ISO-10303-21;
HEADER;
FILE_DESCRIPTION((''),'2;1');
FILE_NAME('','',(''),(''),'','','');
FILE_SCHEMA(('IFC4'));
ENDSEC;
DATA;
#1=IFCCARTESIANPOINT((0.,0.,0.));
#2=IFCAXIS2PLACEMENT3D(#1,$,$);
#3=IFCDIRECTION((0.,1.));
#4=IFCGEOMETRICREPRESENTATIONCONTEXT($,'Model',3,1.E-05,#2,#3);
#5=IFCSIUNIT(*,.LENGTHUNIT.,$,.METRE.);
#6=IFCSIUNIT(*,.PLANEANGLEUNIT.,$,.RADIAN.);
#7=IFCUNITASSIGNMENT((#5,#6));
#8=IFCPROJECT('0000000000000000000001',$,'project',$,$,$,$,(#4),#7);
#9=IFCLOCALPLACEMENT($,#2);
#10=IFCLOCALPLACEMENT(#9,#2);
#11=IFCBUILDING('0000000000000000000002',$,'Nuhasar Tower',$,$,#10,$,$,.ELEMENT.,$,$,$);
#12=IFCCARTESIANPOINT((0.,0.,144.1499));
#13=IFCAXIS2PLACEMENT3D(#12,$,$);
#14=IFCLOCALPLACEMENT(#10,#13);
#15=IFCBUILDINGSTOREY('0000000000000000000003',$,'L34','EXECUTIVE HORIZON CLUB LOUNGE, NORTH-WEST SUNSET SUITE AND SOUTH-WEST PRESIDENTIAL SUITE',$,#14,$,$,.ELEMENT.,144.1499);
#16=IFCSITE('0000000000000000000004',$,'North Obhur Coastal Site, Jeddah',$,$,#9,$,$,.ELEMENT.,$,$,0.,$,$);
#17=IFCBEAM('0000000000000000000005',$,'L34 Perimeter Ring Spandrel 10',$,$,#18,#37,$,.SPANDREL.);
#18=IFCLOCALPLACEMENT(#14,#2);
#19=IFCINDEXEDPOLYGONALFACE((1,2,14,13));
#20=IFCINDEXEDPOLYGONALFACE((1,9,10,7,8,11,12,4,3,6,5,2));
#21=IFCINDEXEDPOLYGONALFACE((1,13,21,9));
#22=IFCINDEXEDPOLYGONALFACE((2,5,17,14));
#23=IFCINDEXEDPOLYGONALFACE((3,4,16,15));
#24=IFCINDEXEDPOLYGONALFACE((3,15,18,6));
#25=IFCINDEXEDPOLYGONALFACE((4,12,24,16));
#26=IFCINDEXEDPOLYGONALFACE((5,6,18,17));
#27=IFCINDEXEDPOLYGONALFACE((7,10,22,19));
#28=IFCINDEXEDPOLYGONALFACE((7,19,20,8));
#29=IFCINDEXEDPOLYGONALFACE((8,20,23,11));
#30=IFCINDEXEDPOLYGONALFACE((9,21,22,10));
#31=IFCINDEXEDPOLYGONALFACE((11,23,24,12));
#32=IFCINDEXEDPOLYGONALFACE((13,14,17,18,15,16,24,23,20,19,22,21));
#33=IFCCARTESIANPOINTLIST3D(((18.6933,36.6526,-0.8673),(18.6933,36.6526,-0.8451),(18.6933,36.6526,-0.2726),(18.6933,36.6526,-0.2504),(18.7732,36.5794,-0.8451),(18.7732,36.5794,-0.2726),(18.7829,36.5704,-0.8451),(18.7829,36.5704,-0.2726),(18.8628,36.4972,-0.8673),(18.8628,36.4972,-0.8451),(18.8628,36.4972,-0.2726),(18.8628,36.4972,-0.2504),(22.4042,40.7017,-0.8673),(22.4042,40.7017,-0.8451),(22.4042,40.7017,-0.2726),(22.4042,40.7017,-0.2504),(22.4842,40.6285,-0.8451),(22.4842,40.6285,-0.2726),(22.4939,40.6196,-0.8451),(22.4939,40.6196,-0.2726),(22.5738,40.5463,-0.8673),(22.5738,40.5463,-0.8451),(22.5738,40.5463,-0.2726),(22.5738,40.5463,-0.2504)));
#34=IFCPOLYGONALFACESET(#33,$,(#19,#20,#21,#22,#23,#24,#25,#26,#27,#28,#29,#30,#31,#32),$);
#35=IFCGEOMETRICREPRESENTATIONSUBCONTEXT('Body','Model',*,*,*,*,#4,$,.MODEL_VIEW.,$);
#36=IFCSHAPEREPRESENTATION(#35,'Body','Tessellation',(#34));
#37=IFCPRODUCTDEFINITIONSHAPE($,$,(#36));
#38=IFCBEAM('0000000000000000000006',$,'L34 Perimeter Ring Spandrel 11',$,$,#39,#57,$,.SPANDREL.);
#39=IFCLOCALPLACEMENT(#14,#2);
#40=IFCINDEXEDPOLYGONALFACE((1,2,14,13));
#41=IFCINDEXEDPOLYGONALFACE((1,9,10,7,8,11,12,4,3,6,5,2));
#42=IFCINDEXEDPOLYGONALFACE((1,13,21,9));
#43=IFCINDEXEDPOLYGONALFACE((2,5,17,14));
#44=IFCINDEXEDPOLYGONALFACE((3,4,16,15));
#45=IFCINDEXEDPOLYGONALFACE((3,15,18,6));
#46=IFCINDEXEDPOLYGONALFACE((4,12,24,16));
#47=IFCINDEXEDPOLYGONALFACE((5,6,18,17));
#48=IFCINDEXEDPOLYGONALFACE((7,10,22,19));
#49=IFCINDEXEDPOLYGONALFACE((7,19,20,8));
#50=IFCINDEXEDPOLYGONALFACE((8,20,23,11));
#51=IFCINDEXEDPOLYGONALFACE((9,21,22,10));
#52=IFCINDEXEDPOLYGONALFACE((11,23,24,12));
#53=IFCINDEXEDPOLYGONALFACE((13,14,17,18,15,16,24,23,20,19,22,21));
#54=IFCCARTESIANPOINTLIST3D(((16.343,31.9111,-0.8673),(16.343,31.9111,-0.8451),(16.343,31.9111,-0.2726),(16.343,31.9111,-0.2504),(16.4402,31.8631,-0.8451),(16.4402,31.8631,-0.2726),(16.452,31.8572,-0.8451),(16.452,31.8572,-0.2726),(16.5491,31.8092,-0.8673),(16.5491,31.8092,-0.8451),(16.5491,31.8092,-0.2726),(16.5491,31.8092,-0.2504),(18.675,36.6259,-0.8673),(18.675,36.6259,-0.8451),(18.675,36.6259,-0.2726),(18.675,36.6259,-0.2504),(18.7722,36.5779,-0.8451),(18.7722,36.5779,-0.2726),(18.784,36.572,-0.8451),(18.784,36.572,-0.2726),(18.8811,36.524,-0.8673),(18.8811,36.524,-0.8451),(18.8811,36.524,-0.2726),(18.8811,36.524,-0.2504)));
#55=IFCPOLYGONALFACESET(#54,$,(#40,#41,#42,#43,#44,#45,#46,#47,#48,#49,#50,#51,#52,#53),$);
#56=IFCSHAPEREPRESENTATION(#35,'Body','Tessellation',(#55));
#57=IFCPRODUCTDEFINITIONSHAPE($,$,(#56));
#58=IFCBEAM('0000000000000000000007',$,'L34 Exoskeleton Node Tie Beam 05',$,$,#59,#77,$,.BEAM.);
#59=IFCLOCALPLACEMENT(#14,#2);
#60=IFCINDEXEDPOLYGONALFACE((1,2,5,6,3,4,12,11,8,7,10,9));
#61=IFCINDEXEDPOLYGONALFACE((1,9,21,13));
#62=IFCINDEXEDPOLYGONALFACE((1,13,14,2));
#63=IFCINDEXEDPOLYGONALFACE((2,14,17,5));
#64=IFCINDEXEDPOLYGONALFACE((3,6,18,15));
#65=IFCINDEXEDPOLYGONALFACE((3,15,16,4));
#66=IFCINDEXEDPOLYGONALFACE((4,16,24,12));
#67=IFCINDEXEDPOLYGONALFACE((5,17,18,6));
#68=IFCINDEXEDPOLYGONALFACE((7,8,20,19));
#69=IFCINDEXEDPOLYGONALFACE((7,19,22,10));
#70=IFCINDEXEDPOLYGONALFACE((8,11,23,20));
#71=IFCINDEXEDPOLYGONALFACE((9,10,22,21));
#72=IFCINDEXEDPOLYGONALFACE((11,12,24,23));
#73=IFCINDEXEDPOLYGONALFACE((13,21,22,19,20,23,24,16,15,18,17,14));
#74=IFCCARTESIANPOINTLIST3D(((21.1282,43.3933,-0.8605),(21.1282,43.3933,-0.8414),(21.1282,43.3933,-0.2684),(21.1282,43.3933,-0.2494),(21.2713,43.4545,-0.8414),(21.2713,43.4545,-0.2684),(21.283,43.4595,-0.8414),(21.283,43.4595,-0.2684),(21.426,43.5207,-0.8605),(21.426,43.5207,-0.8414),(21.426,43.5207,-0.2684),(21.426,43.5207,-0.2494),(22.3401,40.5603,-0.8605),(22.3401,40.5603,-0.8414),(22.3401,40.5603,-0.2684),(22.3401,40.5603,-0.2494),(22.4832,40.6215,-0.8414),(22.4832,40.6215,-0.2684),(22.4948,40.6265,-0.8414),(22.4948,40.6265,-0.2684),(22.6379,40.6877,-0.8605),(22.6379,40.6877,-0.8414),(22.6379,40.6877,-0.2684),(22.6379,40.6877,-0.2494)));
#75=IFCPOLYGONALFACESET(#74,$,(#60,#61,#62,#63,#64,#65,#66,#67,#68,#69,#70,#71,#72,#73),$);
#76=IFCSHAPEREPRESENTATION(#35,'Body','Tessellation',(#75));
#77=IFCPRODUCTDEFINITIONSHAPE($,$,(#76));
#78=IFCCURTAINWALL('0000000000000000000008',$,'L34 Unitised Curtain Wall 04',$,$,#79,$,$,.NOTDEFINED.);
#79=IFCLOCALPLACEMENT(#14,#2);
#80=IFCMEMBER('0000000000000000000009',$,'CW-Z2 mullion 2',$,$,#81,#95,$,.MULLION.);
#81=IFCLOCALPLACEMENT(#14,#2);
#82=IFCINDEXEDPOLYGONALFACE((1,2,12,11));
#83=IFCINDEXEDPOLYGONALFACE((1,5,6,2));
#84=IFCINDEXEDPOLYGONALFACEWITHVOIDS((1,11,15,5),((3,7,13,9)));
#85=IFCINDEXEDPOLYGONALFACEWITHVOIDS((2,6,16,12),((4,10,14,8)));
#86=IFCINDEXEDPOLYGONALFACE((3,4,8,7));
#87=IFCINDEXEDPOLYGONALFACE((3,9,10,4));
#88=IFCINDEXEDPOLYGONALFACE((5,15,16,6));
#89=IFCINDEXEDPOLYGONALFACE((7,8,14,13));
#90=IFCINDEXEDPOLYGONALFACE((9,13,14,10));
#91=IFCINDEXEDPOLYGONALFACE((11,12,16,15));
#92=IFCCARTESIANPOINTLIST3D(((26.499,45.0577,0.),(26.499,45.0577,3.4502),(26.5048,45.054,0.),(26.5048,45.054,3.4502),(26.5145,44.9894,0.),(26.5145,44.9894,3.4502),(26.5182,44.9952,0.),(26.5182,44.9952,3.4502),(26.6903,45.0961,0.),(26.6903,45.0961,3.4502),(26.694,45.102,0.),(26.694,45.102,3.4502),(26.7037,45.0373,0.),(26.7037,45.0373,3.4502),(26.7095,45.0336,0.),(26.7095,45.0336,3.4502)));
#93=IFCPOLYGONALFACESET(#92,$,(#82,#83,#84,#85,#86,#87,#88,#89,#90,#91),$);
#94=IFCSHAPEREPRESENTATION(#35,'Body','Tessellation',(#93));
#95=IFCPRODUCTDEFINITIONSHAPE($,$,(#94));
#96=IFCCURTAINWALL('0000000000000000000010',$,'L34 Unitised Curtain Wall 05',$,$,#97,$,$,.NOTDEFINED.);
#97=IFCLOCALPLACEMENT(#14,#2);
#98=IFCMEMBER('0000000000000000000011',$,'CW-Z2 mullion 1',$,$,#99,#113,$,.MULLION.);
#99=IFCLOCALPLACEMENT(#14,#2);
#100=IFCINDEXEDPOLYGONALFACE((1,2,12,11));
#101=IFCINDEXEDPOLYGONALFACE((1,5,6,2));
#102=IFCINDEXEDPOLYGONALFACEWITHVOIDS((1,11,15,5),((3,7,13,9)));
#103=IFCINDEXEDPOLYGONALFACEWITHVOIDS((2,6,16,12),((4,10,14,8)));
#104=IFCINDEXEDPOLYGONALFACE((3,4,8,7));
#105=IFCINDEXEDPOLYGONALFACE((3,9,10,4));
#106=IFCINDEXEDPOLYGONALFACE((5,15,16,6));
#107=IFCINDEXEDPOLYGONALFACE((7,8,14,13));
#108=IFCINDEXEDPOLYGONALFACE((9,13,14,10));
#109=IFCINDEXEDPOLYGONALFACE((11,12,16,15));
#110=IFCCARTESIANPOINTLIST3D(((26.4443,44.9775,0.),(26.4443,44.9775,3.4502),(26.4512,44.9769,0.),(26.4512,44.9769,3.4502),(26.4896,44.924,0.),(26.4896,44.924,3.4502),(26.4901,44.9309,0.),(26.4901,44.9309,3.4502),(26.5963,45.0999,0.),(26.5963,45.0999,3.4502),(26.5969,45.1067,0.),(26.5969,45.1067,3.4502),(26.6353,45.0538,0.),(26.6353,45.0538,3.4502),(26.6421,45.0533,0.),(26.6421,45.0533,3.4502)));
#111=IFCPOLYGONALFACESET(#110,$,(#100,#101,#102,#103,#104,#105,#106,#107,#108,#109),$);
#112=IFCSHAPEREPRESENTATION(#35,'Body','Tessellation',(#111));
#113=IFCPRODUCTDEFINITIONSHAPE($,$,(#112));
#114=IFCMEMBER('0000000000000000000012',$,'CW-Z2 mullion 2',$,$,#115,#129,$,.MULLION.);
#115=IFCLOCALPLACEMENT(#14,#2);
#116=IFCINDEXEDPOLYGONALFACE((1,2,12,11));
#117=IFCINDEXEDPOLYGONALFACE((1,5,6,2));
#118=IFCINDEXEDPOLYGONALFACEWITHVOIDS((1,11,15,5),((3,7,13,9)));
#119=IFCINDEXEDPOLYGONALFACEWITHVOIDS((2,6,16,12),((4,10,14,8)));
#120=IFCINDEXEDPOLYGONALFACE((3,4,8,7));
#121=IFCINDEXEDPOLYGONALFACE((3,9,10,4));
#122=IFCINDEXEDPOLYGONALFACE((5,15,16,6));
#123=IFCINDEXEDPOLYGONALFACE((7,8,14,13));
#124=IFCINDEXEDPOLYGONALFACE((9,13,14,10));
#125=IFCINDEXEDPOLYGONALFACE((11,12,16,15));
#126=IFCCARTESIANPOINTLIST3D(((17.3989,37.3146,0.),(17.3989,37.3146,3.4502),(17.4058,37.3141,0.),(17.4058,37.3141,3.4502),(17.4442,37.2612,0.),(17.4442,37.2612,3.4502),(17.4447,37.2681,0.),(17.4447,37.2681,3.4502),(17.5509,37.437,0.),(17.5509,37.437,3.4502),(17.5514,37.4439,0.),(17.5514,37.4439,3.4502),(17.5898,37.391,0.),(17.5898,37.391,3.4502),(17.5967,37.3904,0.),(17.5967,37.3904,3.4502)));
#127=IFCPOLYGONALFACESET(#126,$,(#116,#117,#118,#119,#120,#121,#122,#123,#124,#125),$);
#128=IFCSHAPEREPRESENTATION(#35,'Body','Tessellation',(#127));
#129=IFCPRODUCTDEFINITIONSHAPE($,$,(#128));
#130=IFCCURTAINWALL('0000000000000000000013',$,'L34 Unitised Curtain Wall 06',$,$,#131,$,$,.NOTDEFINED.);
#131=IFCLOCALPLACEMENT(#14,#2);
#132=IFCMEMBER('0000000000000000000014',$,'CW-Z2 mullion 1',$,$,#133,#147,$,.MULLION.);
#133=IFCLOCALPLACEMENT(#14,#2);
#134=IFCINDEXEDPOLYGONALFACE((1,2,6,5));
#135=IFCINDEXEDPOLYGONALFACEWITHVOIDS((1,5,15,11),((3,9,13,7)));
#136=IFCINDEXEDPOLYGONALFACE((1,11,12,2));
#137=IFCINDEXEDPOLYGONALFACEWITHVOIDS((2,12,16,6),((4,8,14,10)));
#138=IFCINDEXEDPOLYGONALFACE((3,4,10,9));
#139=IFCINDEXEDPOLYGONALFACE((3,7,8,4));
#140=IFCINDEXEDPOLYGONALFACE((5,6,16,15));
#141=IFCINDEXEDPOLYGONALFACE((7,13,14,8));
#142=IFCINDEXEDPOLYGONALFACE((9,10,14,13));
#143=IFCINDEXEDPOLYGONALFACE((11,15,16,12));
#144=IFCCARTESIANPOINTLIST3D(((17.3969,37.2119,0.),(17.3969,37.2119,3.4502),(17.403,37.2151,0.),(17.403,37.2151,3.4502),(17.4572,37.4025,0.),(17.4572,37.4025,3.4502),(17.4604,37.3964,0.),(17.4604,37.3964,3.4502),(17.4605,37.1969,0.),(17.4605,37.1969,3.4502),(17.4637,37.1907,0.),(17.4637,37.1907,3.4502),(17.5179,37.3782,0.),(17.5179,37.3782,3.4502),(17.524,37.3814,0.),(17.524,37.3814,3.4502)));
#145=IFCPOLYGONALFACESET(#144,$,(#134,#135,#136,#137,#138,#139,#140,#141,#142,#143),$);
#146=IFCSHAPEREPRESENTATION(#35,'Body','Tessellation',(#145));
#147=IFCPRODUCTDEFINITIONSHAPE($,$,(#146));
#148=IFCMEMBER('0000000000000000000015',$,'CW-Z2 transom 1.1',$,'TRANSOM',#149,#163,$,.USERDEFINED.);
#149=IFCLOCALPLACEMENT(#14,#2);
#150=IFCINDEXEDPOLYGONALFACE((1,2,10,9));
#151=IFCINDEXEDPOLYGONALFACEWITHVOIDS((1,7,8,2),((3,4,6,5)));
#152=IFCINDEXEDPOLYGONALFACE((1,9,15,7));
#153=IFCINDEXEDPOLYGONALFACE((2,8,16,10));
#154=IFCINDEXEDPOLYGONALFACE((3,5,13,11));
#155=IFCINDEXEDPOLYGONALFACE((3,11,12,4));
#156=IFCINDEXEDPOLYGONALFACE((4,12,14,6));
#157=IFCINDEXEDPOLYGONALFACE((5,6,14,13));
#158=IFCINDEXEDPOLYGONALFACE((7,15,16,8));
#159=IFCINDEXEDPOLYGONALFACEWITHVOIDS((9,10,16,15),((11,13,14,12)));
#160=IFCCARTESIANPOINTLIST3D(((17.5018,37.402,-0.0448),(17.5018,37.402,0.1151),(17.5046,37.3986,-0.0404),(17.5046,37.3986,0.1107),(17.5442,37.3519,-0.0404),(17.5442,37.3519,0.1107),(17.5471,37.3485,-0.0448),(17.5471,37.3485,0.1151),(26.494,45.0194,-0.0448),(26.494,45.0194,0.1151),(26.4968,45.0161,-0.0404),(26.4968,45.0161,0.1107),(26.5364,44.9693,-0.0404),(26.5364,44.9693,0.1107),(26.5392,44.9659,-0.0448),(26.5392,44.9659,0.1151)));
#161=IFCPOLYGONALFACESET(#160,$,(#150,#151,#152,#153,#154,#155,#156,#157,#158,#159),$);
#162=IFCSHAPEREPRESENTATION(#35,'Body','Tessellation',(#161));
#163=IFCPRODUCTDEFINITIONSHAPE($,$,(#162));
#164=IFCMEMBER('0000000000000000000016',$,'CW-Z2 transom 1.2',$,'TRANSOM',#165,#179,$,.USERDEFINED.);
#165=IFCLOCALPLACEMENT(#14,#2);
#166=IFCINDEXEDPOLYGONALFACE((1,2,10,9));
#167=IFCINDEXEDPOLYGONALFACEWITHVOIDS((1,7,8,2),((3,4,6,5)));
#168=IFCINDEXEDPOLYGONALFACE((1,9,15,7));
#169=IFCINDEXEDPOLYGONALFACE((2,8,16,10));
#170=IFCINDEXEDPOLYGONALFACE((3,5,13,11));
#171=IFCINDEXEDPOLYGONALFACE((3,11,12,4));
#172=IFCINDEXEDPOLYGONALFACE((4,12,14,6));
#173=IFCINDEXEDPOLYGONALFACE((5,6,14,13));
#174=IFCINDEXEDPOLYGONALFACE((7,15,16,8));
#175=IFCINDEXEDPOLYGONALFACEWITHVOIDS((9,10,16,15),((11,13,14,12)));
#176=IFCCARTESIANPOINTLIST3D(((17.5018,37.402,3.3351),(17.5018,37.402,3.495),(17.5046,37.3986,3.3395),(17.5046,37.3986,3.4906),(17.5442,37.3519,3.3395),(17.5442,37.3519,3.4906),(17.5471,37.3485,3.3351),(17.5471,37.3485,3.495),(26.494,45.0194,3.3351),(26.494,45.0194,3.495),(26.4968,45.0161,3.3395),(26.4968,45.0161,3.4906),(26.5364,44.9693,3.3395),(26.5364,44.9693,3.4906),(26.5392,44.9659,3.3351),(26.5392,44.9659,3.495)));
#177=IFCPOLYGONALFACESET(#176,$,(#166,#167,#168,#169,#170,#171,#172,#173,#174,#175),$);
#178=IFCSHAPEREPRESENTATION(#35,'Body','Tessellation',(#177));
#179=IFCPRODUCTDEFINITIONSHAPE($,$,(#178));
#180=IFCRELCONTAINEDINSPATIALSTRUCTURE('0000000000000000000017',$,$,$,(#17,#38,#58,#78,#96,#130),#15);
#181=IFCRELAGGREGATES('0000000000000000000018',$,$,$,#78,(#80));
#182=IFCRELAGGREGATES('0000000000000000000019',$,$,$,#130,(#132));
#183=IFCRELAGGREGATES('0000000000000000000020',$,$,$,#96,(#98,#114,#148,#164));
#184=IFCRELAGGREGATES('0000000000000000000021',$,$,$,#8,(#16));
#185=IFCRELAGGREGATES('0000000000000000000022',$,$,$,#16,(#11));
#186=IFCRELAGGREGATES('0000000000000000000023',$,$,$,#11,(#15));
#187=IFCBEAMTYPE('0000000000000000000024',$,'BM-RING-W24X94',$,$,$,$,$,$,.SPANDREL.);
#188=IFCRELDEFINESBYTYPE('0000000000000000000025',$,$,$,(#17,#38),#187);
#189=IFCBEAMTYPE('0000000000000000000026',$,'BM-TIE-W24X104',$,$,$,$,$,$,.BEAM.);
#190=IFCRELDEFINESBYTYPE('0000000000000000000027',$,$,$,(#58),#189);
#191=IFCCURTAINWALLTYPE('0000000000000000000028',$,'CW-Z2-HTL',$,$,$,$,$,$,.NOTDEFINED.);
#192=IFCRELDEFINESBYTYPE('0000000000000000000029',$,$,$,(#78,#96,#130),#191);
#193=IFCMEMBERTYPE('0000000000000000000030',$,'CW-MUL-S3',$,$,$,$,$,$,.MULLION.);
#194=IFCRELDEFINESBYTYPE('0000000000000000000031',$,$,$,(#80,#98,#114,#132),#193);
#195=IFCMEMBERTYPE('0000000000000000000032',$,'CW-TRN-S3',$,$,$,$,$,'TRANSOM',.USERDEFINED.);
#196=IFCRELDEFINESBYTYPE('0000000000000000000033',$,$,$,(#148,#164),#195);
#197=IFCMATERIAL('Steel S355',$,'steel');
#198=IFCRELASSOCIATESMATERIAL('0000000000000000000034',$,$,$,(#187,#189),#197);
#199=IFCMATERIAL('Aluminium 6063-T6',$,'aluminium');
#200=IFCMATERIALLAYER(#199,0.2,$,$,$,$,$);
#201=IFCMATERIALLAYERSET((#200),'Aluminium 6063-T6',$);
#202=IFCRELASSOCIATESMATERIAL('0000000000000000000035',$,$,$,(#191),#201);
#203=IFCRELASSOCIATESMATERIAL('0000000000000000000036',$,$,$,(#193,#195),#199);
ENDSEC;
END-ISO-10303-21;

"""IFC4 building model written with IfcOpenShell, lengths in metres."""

from ifc_helpers import new_model, si_unit, direction, frame, origin, origin_2d, place, context, subcontext, project, spatial, hollow_rectangle, i_section, extrude, material, layer, layer_set, material_profile, profile_set, type_object, element, aggregate, save


model = new_model("IFC4")

# Units and contexts
model_context = context("Model", 3, precision=1e-05, world=origin(), true_north=direction((0.0, 1.0)))
body_context = subcontext(model_context, "Body", "Model", "MODEL_VIEW")
ifc_project = project(units=[si_unit("LENGTHUNIT", "METRE"), si_unit("PLANEANGLEUNIT", "RADIAN")], contexts=[model_context])

# Site, building, storey
site_placement = place(None, origin())
site = spatial("IfcSite", under=ifc_project, at=site_placement, Name="North Obhur Coastal Site, Jeddah", CompositionType="ELEMENT", RefElevation=0.0)
building_placement = place(site_placement, origin())
building = spatial("IfcBuilding", under=site, at=building_placement, Name="Nuhasar Tower", CompositionType="ELEMENT")
storey_placement = place(building_placement, frame((0.0, 0.0, 144.1499)))
storey = spatial("IfcBuildingStorey", under=building, at=storey_placement, Name="L34", Description="EXECUTIVE HORIZON CLUB LOUNGE, NORTH-WEST SUNSET SUITE AND SOUTH-WEST PRESIDENTIAL SUITE", CompositionType="ELEMENT", Elevation=144.1499)

# Beams
ifc_material_1 = material(Name="Steel S355", Category="steel")
ifc_material_profile_1 = material_profile(ifc_material_1, i_section(OverallWidth=0.23, OverallDepth=0.6169, WebThickness=0.0132, FlangeThickness=0.0222, at=origin_2d()), Name="W24X94")
ifc_profile_set_1 = profile_set([ifc_material_profile_1], Name="Steel S355")
beam_type_1 = type_object("IfcBeamType", Name="BM-RING-W24X94", PredefinedType="SPANDREL", material=ifc_profile_set_1)
beam_1_placement = place(storey_placement, frame((22.489, 40.624, -0.5588), z_axis=(-0.675654, -0.737219, 0.0), x_axis=(0.737219, -0.675654, 0.0)))
element("IfcBeam", 1, at=beam_1_placement, inside=storey, type_object=beam_type_1, Name="L34 Perimeter Ring Spandrel 10", PredefinedType="SPANDREL", context=body_context, shape_type="SweptSolid", body=[
    extrude(i_section(OverallWidth=0.23, OverallDepth=0.6169, WebThickness=0.0132, FlangeThickness=0.0222, at=origin_2d()), origin(), (0.0, 0.0, 1.0), 5.4924),
])
beam_2_placement = place(storey_placement, frame((18.7781, 36.575, -0.5588), z_axis=(-0.443348, -0.89635, 0.0), x_axis=(0.89635, -0.443348, 0.0)))
element("IfcBeam", 2, at=beam_2_placement, inside=storey, type_object=beam_type_1, Name="L34 Perimeter Ring Spandrel 11", PredefinedType="SPANDREL", context=body_context, shape_type="SweptSolid", body=[
    extrude(i_section(OverallWidth=0.23, OverallDepth=0.6169, WebThickness=0.0132, FlangeThickness=0.0222, at=origin_2d()), origin(), (0.0, 0.0, 1.0), 5.26),
])
ifc_material_profile_2 = material_profile(ifc_material_1, i_section(OverallWidth=0.324, OverallDepth=0.6111, WebThickness=0.0127, FlangeThickness=0.019, at=origin_2d()), Name="W24X104")
ifc_profile_set_2 = profile_set([ifc_material_profile_2], Name="Steel S355")
beam_type_2 = type_object("IfcBeamType", Name="BM-TIE-W24X104", PredefinedType="BEAM", material=ifc_profile_set_2)
beam_3_placement = place(storey_placement, frame((22.489, 40.624, -0.5549), z_axis=(-0.393307, 0.919407, 0.0), x_axis=(-0.919407, -0.393307, 0.0)))
element("IfcBeam", 3, at=beam_3_placement, inside=storey, type_object=beam_type_2, Name="L34 Exoskeleton Node Tie Beam 05", PredefinedType="BEAM", context=body_context, shape_type="SweptSolid", body=[
    extrude(i_section(OverallWidth=0.324, OverallDepth=0.6111, WebThickness=0.0127, FlangeThickness=0.019, at=origin_2d()), origin(), (0.0, 0.0, 1.0), 3.0813),
])

# Curtain wall, member
ifc_material_2 = material(Name="Aluminium 6063-T6", Category="aluminium")
ifc_layer_1 = layer(ifc_material_2, 0.2)
ifc_layer_set_1 = layer_set([ifc_layer_1], Name="Aluminium 6063-T6")
curtain_wall_type = type_object("IfcCurtainWallType", Name="CW-Z2-HTL", PredefinedType="NOTDEFINED", material=ifc_layer_set_1)
curtain_wall_1_placement = place(storey_placement, origin())
curtain_wall_1 = element("IfcCurtainWall", 4, at=curtain_wall_1_placement, inside=storey, type_object=curtain_wall_type, Name="L34 Unitised Curtain Wall 04", PredefinedType="NOTDEFINED")
ifc_material_profile_3 = material_profile(ifc_material_2, hollow_rectangle(XDim=0.0701, YDim=0.2, WallThickness=0.0049, at=origin_2d()), Name="CWM-3")
ifc_profile_set_3 = profile_set([ifc_material_profile_3], Name="Aluminium 6063-T6")
member_type_1 = type_object("IfcMemberType", Name="CW-MUL-S3", PredefinedType="MULLION", material=ifc_profile_set_3)
member_1_placement = place(storey_placement, frame((26.6042, 45.0457, 0.0), z_axis=(0.0, 0.0, 1.0), x_axis=(0.221397, -0.975184, 0.0)))
member_1 = element("IfcMember", 5, at=member_1_placement, type_object=member_type_1, Name="CW-Z2 mullion 2", PredefinedType="MULLION", context=body_context, shape_type="SweptSolid", body=[
    extrude(hollow_rectangle(XDim=0.0701, YDim=0.2, WallThickness=0.0049, at=origin_2d()), origin(), (0.0, 0.0, 1.0), 3.4502),
])
aggregate(curtain_wall_1, [member_1])

# Curtain wall, members
curtain_wall_2_placement = place(storey_placement, origin())
curtain_wall_2 = element("IfcCurtainWall", 6, at=curtain_wall_2_placement, inside=storey, type_object=curtain_wall_type, Name="L34 Unitised Curtain Wall 05", PredefinedType="NOTDEFINED")
member_2_placement = place(storey_placement, frame((26.5432, 45.0154, 0.0), z_axis=(0.0, 0.0, 1.0), x_axis=(0.646374, -0.76302, 0.0)))
member_2 = element("IfcMember", 7, at=member_2_placement, type_object=member_type_1, Name="CW-Z2 mullion 1", PredefinedType="MULLION", context=body_context, shape_type="SweptSolid", body=[
    extrude(hollow_rectangle(XDim=0.0701, YDim=0.2, WallThickness=0.0049, at=origin_2d()), origin(), (0.0, 0.0, 1.0), 3.4502),
])
member_3_placement = place(storey_placement, frame((17.4978, 37.3525, 0.0), z_axis=(0.0, 0.0, 1.0), x_axis=(0.646374, -0.76302, 0.0)))
member_3 = element("IfcMember", 8, at=member_3_placement, type_object=member_type_1, Name="CW-Z2 mullion 2", PredefinedType="MULLION", context=body_context, shape_type="SweptSolid", body=[
    extrude(hollow_rectangle(XDim=0.0701, YDim=0.2, WallThickness=0.0049, at=origin_2d()), origin(), (0.0, 0.0, 1.0), 3.4502),
])

# Curtain wall, member
curtain_wall_3_placement = place(storey_placement, origin())
curtain_wall_3 = element("IfcCurtainWall", 9, at=curtain_wall_3_placement, inside=storey, type_object=curtain_wall_type, Name="L34 Unitised Curtain Wall 06", PredefinedType="NOTDEFINED")
member_4_placement = place(storey_placement, frame((17.4604, 37.2966, 0.0), z_axis=(0.0, 0.0, 1.0), x_axis=(0.953433, -0.301604, 0.0)))
member_4 = element("IfcMember", 10, at=member_4_placement, type_object=member_type_1, Name="CW-Z2 mullion 1", PredefinedType="MULLION", context=body_context, shape_type="SweptSolid", body=[
    extrude(hollow_rectangle(XDim=0.0701, YDim=0.2, WallThickness=0.0049, at=origin_2d()), origin(), (0.0, 0.0, 1.0), 3.4502),
])

# Members
ifc_material_profile_4 = material_profile(ifc_material_2, hollow_rectangle(XDim=0.0701, YDim=0.1599, WallThickness=0.0044, at=origin_2d()), Name="CWT-3")
ifc_profile_set_4 = profile_set([ifc_material_profile_4], Name="Aluminium 6063-T6")
member_type_2 = type_object("IfcMemberType", Name="CW-TRN-S3", ElementType="TRANSOM", PredefinedType="USERDEFINED", material=ifc_profile_set_4)
member_5_placement = place(storey_placement, frame((26.5166, 44.9927, 0.0352), z_axis=(-0.763024, -0.64637, 0.0), x_axis=(0.64637, -0.763024, 0.0)))
member_5 = element("IfcMember", 11, at=member_5_placement, type_object=member_type_2, Name="CW-Z2 transom 1.1", ObjectType="TRANSOM", PredefinedType="USERDEFINED", context=body_context, shape_type="SweptSolid", body=[
    extrude(hollow_rectangle(XDim=0.0701, YDim=0.1599, WallThickness=0.0044, at=origin_2d()), origin(), (0.0, 0.0, 1.0), 11.7849),
])
member_6_placement = place(storey_placement, frame((26.5166, 44.9927, 3.415), z_axis=(-0.763024, -0.64637, 0.0), x_axis=(0.64637, -0.763024, 0.0)))
member_6 = element("IfcMember", 12, at=member_6_placement, type_object=member_type_2, Name="CW-Z2 transom 1.2", ObjectType="TRANSOM", PredefinedType="USERDEFINED", context=body_context, shape_type="SweptSolid", body=[
    extrude(hollow_rectangle(XDim=0.0701, YDim=0.1599, WallThickness=0.0044, at=origin_2d()), origin(), (0.0, 0.0, 1.0), 11.7849),
])
aggregate(curtain_wall_3, [member_4])

aggregate(curtain_wall_2, [member_2, member_3, member_5, member_6])

save(model, "model.ifc")
